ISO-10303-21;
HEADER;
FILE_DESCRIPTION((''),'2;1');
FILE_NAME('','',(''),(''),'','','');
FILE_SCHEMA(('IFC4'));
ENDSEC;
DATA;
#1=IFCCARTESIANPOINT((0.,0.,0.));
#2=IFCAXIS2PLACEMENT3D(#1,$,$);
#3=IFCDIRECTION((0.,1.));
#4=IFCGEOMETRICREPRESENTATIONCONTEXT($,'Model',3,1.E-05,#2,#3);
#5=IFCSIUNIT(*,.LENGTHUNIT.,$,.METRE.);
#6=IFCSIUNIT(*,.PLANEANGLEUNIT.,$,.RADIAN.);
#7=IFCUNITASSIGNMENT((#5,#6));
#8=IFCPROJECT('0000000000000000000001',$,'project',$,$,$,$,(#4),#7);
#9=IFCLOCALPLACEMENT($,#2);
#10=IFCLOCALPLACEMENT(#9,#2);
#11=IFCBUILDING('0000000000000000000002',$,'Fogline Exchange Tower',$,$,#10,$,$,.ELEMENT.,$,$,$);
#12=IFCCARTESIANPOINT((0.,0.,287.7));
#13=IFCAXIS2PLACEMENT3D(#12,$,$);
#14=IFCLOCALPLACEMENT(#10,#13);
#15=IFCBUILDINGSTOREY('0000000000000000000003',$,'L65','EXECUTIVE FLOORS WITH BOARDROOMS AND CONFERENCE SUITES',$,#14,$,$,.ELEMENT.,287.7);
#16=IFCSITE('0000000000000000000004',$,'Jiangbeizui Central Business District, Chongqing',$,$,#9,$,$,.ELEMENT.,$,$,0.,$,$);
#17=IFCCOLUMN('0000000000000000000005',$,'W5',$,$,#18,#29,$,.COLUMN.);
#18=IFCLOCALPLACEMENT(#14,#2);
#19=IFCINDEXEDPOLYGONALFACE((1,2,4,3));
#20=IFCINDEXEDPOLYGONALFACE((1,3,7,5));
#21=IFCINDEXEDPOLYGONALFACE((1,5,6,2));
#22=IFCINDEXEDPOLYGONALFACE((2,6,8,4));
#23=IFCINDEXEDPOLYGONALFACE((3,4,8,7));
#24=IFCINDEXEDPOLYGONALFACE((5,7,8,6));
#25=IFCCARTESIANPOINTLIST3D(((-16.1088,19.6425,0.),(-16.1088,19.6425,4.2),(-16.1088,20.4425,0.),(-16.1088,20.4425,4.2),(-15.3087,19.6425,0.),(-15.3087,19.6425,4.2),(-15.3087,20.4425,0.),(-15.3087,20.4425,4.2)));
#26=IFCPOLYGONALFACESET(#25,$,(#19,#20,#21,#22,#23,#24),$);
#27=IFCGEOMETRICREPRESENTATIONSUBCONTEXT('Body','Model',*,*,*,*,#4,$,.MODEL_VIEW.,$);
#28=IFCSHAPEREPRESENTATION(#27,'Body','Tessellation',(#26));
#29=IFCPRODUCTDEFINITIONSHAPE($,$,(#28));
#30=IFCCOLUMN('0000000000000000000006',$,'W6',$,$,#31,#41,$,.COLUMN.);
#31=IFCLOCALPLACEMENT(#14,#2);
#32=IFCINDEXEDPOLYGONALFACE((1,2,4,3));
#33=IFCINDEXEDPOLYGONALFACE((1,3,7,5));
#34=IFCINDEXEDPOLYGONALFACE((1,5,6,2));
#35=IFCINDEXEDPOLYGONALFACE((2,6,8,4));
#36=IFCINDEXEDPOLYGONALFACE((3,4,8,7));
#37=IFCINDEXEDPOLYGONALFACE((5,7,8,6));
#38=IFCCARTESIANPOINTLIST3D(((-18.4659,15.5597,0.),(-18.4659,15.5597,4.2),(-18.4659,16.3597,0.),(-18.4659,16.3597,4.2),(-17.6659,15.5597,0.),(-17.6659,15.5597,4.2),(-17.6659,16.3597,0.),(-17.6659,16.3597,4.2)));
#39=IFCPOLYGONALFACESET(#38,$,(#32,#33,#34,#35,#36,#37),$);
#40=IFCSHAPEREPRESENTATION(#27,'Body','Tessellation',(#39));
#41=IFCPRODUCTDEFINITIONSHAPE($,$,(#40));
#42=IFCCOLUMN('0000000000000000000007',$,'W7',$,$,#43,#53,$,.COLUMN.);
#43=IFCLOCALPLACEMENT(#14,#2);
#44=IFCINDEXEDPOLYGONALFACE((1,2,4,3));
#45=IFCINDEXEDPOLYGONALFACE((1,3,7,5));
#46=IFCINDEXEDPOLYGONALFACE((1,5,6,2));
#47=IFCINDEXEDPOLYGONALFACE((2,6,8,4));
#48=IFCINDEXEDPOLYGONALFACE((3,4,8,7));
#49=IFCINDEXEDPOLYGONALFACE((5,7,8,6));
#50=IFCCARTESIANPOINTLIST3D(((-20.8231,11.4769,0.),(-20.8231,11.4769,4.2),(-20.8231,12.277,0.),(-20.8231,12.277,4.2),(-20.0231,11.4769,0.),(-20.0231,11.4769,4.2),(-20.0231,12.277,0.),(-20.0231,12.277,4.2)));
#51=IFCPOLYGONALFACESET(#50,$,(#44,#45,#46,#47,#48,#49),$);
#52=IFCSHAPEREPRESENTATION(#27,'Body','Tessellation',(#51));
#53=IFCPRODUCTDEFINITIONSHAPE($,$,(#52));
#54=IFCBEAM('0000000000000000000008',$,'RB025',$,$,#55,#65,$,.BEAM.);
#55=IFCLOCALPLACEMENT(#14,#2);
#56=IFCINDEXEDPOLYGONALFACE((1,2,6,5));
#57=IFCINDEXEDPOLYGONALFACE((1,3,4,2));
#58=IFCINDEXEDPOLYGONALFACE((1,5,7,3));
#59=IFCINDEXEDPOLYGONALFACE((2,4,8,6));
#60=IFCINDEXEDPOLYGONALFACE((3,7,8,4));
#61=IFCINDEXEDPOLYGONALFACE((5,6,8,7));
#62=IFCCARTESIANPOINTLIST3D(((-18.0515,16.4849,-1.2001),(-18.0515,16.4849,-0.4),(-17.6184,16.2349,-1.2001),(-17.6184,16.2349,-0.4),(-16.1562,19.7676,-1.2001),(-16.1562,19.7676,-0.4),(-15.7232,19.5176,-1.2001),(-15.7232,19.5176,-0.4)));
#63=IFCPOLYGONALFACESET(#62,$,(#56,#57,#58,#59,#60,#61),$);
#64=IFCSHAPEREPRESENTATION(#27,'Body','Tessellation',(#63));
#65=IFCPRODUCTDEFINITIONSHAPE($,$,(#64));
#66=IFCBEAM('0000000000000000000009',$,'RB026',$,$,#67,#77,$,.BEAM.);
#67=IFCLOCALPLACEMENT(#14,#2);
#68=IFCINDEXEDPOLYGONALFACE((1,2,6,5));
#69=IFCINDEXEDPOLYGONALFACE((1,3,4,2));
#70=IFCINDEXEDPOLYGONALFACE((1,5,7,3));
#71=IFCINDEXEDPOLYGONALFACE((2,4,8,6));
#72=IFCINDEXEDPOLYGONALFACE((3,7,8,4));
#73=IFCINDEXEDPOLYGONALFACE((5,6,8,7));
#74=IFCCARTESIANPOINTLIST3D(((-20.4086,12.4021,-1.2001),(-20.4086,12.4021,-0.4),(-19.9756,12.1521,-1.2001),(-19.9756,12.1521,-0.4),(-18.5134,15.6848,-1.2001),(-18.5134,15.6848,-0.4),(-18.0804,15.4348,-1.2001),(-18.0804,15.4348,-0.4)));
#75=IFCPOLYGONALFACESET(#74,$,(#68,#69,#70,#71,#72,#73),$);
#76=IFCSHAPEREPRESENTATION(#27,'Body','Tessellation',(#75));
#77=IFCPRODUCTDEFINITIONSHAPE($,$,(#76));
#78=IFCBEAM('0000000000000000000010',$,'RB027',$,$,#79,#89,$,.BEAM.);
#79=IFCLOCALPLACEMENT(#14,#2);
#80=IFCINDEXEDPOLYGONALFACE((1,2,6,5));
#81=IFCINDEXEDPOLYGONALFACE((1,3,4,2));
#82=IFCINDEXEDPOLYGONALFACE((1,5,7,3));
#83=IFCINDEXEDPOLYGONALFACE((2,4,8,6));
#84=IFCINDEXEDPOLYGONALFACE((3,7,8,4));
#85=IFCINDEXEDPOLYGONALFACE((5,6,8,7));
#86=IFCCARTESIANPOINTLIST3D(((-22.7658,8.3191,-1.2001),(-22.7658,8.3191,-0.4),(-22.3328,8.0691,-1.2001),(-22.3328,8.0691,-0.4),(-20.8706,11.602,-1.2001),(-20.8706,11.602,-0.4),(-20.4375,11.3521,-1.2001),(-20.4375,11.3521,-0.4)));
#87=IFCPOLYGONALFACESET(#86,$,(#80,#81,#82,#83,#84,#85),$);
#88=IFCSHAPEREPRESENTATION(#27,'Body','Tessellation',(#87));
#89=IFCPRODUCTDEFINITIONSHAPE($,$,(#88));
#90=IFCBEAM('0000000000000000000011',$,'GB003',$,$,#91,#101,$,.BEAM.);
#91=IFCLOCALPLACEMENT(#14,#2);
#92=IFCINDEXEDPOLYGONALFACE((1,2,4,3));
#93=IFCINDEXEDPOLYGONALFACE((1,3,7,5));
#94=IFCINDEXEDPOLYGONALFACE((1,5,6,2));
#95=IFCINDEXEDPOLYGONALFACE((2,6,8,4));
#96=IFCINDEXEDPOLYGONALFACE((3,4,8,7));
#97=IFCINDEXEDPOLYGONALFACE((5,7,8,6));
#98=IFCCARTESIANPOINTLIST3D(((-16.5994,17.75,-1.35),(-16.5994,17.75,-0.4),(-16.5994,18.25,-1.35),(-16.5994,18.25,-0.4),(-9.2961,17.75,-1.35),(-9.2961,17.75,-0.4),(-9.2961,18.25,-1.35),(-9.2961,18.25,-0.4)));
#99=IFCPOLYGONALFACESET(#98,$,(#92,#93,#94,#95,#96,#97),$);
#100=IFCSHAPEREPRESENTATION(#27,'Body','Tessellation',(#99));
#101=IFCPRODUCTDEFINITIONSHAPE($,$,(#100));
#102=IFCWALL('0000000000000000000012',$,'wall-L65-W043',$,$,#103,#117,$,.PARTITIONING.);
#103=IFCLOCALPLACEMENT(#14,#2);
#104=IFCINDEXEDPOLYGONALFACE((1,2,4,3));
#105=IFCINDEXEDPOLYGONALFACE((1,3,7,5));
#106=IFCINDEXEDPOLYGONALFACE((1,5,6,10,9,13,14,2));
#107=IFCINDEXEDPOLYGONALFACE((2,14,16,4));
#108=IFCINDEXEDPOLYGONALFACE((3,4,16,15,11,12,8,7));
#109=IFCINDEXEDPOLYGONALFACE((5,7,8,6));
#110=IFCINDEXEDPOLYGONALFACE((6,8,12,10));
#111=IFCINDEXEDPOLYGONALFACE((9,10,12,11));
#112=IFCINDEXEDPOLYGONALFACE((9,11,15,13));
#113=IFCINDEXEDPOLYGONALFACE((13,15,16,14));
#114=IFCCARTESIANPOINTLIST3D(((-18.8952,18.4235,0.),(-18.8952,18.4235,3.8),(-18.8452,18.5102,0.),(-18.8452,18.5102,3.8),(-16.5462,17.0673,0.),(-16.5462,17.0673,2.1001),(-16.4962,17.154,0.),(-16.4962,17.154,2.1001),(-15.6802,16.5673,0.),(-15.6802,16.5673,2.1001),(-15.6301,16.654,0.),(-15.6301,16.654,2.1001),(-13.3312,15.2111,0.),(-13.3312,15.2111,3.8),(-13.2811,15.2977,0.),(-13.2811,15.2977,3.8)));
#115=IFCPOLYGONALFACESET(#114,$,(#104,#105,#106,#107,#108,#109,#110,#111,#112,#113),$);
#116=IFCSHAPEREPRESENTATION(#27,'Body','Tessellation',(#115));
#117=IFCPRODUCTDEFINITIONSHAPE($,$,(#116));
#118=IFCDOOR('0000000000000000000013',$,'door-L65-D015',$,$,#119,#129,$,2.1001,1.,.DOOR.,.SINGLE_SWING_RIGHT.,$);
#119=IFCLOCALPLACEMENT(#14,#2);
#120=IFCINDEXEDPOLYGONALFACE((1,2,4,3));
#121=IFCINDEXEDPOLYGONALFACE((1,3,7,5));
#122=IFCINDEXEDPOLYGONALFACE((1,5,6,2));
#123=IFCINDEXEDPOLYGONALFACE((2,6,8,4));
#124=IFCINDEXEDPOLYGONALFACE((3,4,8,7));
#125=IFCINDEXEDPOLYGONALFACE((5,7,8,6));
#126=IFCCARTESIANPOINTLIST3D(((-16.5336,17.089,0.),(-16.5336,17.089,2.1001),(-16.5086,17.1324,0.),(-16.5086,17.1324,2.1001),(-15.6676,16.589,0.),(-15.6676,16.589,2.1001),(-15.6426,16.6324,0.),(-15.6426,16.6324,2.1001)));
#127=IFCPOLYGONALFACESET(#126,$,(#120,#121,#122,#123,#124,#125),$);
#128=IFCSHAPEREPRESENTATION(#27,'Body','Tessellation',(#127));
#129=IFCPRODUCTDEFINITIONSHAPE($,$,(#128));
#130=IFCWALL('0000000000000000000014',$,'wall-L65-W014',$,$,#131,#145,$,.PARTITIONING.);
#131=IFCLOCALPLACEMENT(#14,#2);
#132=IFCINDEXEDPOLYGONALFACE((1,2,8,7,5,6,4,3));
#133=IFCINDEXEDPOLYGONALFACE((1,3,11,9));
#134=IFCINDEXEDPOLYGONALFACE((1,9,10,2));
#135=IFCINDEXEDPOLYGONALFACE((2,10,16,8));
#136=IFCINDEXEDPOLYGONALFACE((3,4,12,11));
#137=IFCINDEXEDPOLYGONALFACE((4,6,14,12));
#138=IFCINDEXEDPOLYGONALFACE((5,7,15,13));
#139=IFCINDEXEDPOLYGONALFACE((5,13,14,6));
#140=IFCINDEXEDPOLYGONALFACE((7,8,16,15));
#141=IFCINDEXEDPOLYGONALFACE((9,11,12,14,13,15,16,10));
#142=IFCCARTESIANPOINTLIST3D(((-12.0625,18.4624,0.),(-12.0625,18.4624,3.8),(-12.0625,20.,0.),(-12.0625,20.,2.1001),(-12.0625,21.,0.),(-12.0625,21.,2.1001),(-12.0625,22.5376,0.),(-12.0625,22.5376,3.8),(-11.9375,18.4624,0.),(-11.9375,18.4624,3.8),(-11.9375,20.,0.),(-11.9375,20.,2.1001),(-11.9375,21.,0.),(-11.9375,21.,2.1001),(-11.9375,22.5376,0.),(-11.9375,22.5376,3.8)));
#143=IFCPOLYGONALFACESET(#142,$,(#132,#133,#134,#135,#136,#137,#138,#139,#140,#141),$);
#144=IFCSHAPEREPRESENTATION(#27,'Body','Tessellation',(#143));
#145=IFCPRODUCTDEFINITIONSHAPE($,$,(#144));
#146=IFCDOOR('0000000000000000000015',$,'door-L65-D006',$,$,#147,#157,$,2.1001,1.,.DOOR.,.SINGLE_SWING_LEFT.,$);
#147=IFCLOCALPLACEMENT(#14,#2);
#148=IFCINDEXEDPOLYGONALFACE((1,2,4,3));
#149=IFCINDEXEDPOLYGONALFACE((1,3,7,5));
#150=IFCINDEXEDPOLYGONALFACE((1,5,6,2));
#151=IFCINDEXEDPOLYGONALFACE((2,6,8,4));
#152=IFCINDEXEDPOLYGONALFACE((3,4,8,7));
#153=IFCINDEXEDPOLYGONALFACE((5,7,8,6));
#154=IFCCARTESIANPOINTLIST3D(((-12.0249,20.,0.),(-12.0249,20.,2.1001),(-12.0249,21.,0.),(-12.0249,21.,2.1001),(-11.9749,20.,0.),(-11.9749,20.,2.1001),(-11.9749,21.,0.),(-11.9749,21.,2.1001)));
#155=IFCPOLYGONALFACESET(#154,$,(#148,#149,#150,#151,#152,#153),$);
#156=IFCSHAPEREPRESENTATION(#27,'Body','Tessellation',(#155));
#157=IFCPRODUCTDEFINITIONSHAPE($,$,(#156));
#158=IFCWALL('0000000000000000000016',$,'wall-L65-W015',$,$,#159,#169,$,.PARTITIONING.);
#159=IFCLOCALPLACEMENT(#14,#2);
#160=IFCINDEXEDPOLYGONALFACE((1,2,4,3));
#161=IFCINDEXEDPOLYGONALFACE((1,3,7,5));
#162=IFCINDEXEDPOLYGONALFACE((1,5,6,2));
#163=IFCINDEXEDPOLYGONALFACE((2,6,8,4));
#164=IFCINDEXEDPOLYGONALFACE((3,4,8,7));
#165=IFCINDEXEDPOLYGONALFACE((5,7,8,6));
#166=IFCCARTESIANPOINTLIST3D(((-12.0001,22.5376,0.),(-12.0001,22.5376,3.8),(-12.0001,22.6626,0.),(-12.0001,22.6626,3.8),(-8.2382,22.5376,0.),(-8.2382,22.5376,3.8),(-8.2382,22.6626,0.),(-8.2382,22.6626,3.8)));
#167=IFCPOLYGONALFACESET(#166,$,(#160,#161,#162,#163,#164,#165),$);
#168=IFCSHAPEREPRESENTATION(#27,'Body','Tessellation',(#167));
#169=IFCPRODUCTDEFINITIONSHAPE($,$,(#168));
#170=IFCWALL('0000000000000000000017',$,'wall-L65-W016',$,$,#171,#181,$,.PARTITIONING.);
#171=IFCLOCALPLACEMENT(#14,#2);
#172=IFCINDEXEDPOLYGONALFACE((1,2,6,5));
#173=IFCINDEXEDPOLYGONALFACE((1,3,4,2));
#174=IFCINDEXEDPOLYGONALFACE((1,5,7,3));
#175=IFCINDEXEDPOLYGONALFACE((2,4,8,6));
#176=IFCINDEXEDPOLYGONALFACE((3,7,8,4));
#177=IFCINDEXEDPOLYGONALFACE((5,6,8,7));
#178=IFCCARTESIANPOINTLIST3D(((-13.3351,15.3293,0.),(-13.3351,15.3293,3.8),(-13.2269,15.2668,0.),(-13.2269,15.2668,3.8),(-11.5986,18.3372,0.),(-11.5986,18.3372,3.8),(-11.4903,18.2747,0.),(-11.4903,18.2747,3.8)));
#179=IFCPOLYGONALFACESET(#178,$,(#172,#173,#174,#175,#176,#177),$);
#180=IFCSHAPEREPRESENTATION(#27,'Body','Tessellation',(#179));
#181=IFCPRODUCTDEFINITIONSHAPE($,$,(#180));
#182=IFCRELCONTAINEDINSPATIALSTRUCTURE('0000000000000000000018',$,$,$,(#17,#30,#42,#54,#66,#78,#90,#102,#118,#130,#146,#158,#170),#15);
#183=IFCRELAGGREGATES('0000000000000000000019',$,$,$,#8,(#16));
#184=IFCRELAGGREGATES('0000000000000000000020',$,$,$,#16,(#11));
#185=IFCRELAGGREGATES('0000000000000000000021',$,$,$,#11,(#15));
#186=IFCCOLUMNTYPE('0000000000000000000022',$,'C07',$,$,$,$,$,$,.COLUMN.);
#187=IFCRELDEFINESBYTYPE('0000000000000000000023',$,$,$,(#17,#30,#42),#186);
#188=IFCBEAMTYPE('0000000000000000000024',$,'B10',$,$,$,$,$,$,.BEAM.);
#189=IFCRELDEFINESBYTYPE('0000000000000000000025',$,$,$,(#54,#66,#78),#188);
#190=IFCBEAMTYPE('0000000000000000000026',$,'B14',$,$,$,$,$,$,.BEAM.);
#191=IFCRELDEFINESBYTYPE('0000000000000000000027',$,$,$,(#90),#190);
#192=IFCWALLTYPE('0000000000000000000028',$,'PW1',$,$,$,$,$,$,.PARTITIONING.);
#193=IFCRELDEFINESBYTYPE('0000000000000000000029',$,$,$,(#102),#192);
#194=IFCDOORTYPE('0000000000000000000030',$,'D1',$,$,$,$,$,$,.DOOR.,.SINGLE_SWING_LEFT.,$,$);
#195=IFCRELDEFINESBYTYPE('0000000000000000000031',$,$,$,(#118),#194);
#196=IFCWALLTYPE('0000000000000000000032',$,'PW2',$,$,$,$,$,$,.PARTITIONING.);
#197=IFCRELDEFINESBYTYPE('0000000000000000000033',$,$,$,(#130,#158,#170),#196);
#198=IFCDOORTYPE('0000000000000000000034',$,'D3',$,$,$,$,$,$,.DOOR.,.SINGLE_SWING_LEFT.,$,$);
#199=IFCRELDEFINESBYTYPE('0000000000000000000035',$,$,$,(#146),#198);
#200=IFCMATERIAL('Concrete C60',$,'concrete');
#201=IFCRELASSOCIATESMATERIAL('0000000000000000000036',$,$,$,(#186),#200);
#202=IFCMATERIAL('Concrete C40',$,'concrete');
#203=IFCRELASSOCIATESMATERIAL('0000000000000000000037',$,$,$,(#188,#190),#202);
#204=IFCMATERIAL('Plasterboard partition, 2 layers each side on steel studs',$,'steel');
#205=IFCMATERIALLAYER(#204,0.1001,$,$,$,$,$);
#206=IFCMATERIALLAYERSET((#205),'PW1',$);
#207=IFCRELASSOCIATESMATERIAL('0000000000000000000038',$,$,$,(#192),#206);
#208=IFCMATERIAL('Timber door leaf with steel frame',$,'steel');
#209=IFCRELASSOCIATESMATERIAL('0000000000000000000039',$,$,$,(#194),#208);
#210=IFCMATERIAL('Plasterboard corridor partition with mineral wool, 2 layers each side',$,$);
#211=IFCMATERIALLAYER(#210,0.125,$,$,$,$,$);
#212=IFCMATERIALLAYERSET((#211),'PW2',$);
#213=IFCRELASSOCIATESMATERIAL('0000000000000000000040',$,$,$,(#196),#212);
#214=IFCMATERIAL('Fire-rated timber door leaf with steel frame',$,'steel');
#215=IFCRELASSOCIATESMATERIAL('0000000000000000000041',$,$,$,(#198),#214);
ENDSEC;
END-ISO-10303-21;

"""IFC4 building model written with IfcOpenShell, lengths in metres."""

from ifc_helpers import new_model, si_unit, direction, frame, frame_2d, origin, origin_2d, place, context, subcontext, project, spatial, rectangle, extrude, material, layer, layer_set, material_profile, profile_set, type_object, element, fill, save


model = new_model("IFC4")

# Units and contexts
model_context = context("Model", 3, precision=1e-05, world=origin(), true_north=direction((0.0, 1.0)))
body_context = subcontext(model_context, "Body", "Model", "MODEL_VIEW")
ifc_project = project(units=[si_unit("LENGTHUNIT", "METRE"), si_unit("PLANEANGLEUNIT", "RADIAN")], contexts=[model_context])

# Site, building, storey
site_placement = place(None, origin())
site = spatial("IfcSite", under=ifc_project, at=site_placement, Name="Jiangbeizui Central Business District, Chongqing", CompositionType="ELEMENT", RefElevation=0.0)
building_placement = place(site_placement, origin())
building = spatial("IfcBuilding", under=site, at=building_placement, Name="Fogline Exchange Tower", CompositionType="ELEMENT")
storey_placement = place(building_placement, frame((0.0, 0.0, 287.7)))
storey = spatial("IfcBuildingStorey", under=building, at=storey_placement, Name="L65", Description="EXECUTIVE FLOORS WITH BOARDROOMS AND CONFERENCE SUITES", CompositionType="ELEMENT", Elevation=287.7)

# Columns
ifc_material_1 = material(Name="Concrete C60", Category="concrete")
ifc_material_profile_1 = material_profile(ifc_material_1, rectangle(XDim=0.8, YDim=0.8, at=origin_2d()), Name="RC 800x800")
ifc_profile_set_1 = profile_set([ifc_material_profile_1], Name="Concrete C60")
column_type = type_object("IfcColumnType", Name="C07", PredefinedType="COLUMN", material=ifc_profile_set_1)
for number, where, z_axis, x_axis, name in (
    (1, (-15.7087, 20.0425, 0.0), (0.0, 0.0, 1.0), (1.0, 0.0, 0.0), "W5"),
    (2, (-18.0659, 15.9597, 0.0), (0.0, 0.0, 1.0), (1.0, 0.0, 0.0), "W6"),
    (3, (-20.4231, 11.877, 0.0), (0.0, 0.0, 1.0), (1.0, 0.0, 0.0), "W7"),
):
    element("IfcColumn", number, at=place(storey_placement, frame(where, z_axis=z_axis, x_axis=x_axis)), inside=storey, type_object=column_type, Name=name, PredefinedType="COLUMN", context=body_context, shape_type="SweptSolid", body=[
        extrude(rectangle(XDim=0.8, YDim=0.8, at=origin_2d()), origin(), (0.0, 0.0, 1.0), 4.2),
    ])

# Beams
ifc_material_2 = material(Name="Concrete C40", Category="concrete")
ifc_material_profile_2 = material_profile(ifc_material_2, rectangle(XDim=0.5, YDim=0.8, at=origin_2d()), Name="RC 500x800")
ifc_profile_set_2 = profile_set([ifc_material_profile_2], Name="Concrete C40")
beam_type_1 = type_object("IfcBeamType", Name="B10", PredefinedType="BEAM", material=ifc_profile_set_2)
for number, where, z_axis, x_axis, name in (
    (4, (-15.9397, 19.6426, -0.8), (-0.499998, -0.866027, 0.0), (0.866027, -0.499998, 0.0), "RB025"),
    (5, (-18.2969, 15.5598, -0.8), (-0.499998, -0.866027, 0.0), (0.866027, -0.499998, 0.0), "RB026"),
):
    element("IfcBeam", number, at=place(storey_placement, frame(where, z_axis=z_axis, x_axis=x_axis)), inside=storey, type_object=beam_type_1, Name=name, PredefinedType="BEAM", context=body_context, shape_type="SweptSolid", body=[
        extrude(rectangle(XDim=0.5, YDim=0.8, at=origin_2d()), origin(), (0.0, 0.0, 1.0), 3.7905),
    ])
beam_1_placement = place(storey_placement, frame((-20.6541, 11.4771, -0.8), z_axis=(-0.49997, -0.866043, 0.0), x_axis=(0.866043, -0.49997, 0.0)))
element("IfcBeam", 6, at=beam_1_placement, inside=storey, type_object=beam_type_1, Name="RB027", PredefinedType="BEAM", context=body_context, shape_type="SweptSolid", body=[
    extrude(rectangle(XDim=0.5, YDim=0.8, at=origin_2d()), origin(), (0.0, 0.0, 1.0), 3.7908),
])
ifc_material_profile_3 = material_profile(ifc_material_2, rectangle(XDim=0.5, YDim=0.95, at=origin_2d()), Name="RC 500x950")
ifc_profile_set_3 = profile_set([ifc_material_profile_3], Name="Concrete C40")
beam_type_2 = type_object("IfcBeamType", Name="B14", PredefinedType="BEAM", material=ifc_profile_set_3)
beam_2_placement = place(storey_placement, frame((-16.5994, 18.0, -0.875), z_axis=(1.0, 0.0, 0.0), x_axis=(0.0, 1.0, 0.0)))
element("IfcBeam", 7, at=beam_2_placement, inside=storey, type_object=beam_type_2, Name="GB003", PredefinedType="BEAM", context=body_context, shape_type="SweptSolid", body=[
    extrude(rectangle(XDim=0.5, YDim=0.95, at=origin_2d()), origin(), (0.0, 0.0, 1.0), 7.3032),
])

# Walls, openings, doors
ifc_material_3 = material(Name="Plasterboard partition, 2 layers each side on steel studs", Category="steel")
ifc_layer_1 = layer(ifc_material_3, 0.1001)
ifc_layer_set_1 = layer_set([ifc_layer_1], Name="PW1")
wall_type_1 = type_object("IfcWallType", Name="PW1", PredefinedType="PARTITIONING", material=ifc_layer_set_1)
wall_1_placement = place(storey_placement, frame((-13.3062, 15.2544, 0.0), z_axis=(0.0, 0.0, 1.0), x_axis=(-0.866022, 0.500005, 0.0)))
wall_1 = element("IfcWall", 8, at=wall_1_placement, inside=storey, type_object=wall_type_1, Name="wall-L65-W043", PredefinedType="PARTITIONING", context=body_context, shape_type="SweptSolid", body=[
    extrude(rectangle(XDim=6.4248, YDim=0.1001, at=frame_2d((3.2124, 0.0))), origin(), (0.0, 0.0, 1.0), 3.8),
])
opening_1_placement = place(wall_1_placement, frame((2.7124, 0.0, 0.0)))
opening_1 = element("IfcOpeningElement", 9, at=opening_1_placement, cuts=wall_1, PredefinedType="OPENING", context=body_context, shape_type="SweptSolid", body=[
    extrude(rectangle(XDim=1.0, YDim=2.1001, at=frame_2d((0.5, 1.05))), frame((0.0, 0.0601, 0.0), z_axis=(0.0, -1.0, 0.0), x_axis=(1.0, 0.0, 0.0)), (0.0, 0.0, 1.0), 0.1201),
])
ifc_material_4 = material(Name="Timber door leaf with steel frame", Category="steel")
door_type_1 = type_object("IfcDoorType", Name="D1", OperationType="SINGLE_SWING_LEFT", PredefinedType="DOOR", material=ifc_material_4)
door_1_placement = place(opening_1_placement, origin())
door_1 = element("IfcDoor", 10, at=door_1_placement, inside=storey, type_object=door_type_1, Name="door-L65-D015", OperationType="SINGLE_SWING_RIGHT", OverallHeight=2.1001, OverallWidth=1.0, PredefinedType="DOOR", context=body_context, shape_type="SweptSolid", body=[
    extrude(rectangle(XDim=1.0, YDim=2.1001, at=frame_2d((0.5, 1.05))), frame((0.0, 0.0249, 0.0), z_axis=(0.0, -1.0, 0.0), x_axis=(1.0, 0.0, 0.0)), (0.0, 0.0, 1.0), 0.05),
])
fill(opening_1, door_1)
ifc_material_5 = material(Name="Plasterboard corridor partition with mineral wool, 2 layers each side")
ifc_layer_2 = layer(ifc_material_5, 0.125)
ifc_layer_set_2 = layer_set([ifc_layer_2], Name="PW2")
wall_type_2 = type_object("IfcWallType", Name="PW2", PredefinedType="PARTITIONING", material=ifc_layer_set_2)
wall_2_placement = place(storey_placement, frame((-12.0, 18.4624, 0.0), z_axis=(0.0, 0.0, 1.0), x_axis=(0.0, 1.0, 0.0)))
wall_2 = element("IfcWall", 11, at=wall_2_placement, inside=storey, type_object=wall_type_2, Name="wall-L65-W014", PredefinedType="PARTITIONING", context=body_context, shape_type="SweptSolid", body=[
    extrude(rectangle(XDim=4.0752, YDim=0.125, at=frame_2d((2.0376, 0.0))), origin(), (0.0, 0.0, 1.0), 3.8),
])
opening_2_placement = place(wall_2_placement, frame((1.5376, 0.0, 0.0)))
opening_2 = element("IfcOpeningElement", 12, at=opening_2_placement, cuts=wall_2, PredefinedType="OPENING", context=body_context, shape_type="SweptSolid", body=[
    extrude(rectangle(XDim=1.0, YDim=2.1001, at=frame_2d((0.5, 1.05))), frame((0.0, 0.0725, 0.0), z_axis=(0.0, -1.0, 0.0), x_axis=(1.0, 0.0, 0.0)), (0.0, 0.0, 1.0), 0.145),
])
ifc_material_6 = material(Name="Fire-rated timber door leaf with steel frame", Category="steel")
door_type_2 = type_object("IfcDoorType", Name="D3", OperationType="SINGLE_SWING_LEFT", PredefinedType="DOOR", material=ifc_material_6)
door_2_placement = place(opening_2_placement, origin())
door_2 = element("IfcDoor", 13, at=door_2_placement, inside=storey, type_object=door_type_2, Name="door-L65-D006", OperationType="SINGLE_SWING_LEFT", OverallHeight=2.1001, OverallWidth=1.0, PredefinedType="DOOR", context=body_context, shape_type="SweptSolid", body=[
    extrude(rectangle(XDim=1.0, YDim=2.1001, at=frame_2d((0.5, 1.05))), frame((0.0, 0.0249, 0.0), z_axis=(0.0, -1.0, 0.0), x_axis=(1.0, 0.0, 0.0)), (0.0, 0.0, 1.0), 0.05),
])
fill(opening_2, door_2)

# Walls
wall_3_placement = place(storey_placement, frame((-12.0, 22.6001, 0.0), z_axis=(0.0, 0.0, 1.0), x_axis=(1.0, 0.0, 0.0)))
element("IfcWall", 14, at=wall_3_placement, inside=storey, type_object=wall_type_2, Name="wall-L65-W015", PredefinedType="PARTITIONING", context=body_context, shape_type="SweptSolid", body=[
    extrude(rectangle(XDim=3.762, YDim=0.125, at=frame_2d((1.8809, 0.0))), origin(), (0.0, 0.0, 1.0), 3.8),
])
wall_4_placement = place(storey_placement, frame((-13.281, 15.2981, 0.0), z_axis=(0.0, 0.0, 1.0), x_axis=(0.500002, 0.866024, 0.0)))
element("IfcWall", 15, at=wall_4_placement, inside=storey, type_object=wall_type_2, Name="wall-L65-W016", PredefinedType="PARTITIONING", context=body_context, shape_type="SweptSolid", body=[
    extrude(rectangle(XDim=3.4731, YDim=0.125, at=frame_2d((1.7366, 0.0))), origin(), (0.0, 0.0, 1.0), 3.8),
])

save(model, "model.ifc")
